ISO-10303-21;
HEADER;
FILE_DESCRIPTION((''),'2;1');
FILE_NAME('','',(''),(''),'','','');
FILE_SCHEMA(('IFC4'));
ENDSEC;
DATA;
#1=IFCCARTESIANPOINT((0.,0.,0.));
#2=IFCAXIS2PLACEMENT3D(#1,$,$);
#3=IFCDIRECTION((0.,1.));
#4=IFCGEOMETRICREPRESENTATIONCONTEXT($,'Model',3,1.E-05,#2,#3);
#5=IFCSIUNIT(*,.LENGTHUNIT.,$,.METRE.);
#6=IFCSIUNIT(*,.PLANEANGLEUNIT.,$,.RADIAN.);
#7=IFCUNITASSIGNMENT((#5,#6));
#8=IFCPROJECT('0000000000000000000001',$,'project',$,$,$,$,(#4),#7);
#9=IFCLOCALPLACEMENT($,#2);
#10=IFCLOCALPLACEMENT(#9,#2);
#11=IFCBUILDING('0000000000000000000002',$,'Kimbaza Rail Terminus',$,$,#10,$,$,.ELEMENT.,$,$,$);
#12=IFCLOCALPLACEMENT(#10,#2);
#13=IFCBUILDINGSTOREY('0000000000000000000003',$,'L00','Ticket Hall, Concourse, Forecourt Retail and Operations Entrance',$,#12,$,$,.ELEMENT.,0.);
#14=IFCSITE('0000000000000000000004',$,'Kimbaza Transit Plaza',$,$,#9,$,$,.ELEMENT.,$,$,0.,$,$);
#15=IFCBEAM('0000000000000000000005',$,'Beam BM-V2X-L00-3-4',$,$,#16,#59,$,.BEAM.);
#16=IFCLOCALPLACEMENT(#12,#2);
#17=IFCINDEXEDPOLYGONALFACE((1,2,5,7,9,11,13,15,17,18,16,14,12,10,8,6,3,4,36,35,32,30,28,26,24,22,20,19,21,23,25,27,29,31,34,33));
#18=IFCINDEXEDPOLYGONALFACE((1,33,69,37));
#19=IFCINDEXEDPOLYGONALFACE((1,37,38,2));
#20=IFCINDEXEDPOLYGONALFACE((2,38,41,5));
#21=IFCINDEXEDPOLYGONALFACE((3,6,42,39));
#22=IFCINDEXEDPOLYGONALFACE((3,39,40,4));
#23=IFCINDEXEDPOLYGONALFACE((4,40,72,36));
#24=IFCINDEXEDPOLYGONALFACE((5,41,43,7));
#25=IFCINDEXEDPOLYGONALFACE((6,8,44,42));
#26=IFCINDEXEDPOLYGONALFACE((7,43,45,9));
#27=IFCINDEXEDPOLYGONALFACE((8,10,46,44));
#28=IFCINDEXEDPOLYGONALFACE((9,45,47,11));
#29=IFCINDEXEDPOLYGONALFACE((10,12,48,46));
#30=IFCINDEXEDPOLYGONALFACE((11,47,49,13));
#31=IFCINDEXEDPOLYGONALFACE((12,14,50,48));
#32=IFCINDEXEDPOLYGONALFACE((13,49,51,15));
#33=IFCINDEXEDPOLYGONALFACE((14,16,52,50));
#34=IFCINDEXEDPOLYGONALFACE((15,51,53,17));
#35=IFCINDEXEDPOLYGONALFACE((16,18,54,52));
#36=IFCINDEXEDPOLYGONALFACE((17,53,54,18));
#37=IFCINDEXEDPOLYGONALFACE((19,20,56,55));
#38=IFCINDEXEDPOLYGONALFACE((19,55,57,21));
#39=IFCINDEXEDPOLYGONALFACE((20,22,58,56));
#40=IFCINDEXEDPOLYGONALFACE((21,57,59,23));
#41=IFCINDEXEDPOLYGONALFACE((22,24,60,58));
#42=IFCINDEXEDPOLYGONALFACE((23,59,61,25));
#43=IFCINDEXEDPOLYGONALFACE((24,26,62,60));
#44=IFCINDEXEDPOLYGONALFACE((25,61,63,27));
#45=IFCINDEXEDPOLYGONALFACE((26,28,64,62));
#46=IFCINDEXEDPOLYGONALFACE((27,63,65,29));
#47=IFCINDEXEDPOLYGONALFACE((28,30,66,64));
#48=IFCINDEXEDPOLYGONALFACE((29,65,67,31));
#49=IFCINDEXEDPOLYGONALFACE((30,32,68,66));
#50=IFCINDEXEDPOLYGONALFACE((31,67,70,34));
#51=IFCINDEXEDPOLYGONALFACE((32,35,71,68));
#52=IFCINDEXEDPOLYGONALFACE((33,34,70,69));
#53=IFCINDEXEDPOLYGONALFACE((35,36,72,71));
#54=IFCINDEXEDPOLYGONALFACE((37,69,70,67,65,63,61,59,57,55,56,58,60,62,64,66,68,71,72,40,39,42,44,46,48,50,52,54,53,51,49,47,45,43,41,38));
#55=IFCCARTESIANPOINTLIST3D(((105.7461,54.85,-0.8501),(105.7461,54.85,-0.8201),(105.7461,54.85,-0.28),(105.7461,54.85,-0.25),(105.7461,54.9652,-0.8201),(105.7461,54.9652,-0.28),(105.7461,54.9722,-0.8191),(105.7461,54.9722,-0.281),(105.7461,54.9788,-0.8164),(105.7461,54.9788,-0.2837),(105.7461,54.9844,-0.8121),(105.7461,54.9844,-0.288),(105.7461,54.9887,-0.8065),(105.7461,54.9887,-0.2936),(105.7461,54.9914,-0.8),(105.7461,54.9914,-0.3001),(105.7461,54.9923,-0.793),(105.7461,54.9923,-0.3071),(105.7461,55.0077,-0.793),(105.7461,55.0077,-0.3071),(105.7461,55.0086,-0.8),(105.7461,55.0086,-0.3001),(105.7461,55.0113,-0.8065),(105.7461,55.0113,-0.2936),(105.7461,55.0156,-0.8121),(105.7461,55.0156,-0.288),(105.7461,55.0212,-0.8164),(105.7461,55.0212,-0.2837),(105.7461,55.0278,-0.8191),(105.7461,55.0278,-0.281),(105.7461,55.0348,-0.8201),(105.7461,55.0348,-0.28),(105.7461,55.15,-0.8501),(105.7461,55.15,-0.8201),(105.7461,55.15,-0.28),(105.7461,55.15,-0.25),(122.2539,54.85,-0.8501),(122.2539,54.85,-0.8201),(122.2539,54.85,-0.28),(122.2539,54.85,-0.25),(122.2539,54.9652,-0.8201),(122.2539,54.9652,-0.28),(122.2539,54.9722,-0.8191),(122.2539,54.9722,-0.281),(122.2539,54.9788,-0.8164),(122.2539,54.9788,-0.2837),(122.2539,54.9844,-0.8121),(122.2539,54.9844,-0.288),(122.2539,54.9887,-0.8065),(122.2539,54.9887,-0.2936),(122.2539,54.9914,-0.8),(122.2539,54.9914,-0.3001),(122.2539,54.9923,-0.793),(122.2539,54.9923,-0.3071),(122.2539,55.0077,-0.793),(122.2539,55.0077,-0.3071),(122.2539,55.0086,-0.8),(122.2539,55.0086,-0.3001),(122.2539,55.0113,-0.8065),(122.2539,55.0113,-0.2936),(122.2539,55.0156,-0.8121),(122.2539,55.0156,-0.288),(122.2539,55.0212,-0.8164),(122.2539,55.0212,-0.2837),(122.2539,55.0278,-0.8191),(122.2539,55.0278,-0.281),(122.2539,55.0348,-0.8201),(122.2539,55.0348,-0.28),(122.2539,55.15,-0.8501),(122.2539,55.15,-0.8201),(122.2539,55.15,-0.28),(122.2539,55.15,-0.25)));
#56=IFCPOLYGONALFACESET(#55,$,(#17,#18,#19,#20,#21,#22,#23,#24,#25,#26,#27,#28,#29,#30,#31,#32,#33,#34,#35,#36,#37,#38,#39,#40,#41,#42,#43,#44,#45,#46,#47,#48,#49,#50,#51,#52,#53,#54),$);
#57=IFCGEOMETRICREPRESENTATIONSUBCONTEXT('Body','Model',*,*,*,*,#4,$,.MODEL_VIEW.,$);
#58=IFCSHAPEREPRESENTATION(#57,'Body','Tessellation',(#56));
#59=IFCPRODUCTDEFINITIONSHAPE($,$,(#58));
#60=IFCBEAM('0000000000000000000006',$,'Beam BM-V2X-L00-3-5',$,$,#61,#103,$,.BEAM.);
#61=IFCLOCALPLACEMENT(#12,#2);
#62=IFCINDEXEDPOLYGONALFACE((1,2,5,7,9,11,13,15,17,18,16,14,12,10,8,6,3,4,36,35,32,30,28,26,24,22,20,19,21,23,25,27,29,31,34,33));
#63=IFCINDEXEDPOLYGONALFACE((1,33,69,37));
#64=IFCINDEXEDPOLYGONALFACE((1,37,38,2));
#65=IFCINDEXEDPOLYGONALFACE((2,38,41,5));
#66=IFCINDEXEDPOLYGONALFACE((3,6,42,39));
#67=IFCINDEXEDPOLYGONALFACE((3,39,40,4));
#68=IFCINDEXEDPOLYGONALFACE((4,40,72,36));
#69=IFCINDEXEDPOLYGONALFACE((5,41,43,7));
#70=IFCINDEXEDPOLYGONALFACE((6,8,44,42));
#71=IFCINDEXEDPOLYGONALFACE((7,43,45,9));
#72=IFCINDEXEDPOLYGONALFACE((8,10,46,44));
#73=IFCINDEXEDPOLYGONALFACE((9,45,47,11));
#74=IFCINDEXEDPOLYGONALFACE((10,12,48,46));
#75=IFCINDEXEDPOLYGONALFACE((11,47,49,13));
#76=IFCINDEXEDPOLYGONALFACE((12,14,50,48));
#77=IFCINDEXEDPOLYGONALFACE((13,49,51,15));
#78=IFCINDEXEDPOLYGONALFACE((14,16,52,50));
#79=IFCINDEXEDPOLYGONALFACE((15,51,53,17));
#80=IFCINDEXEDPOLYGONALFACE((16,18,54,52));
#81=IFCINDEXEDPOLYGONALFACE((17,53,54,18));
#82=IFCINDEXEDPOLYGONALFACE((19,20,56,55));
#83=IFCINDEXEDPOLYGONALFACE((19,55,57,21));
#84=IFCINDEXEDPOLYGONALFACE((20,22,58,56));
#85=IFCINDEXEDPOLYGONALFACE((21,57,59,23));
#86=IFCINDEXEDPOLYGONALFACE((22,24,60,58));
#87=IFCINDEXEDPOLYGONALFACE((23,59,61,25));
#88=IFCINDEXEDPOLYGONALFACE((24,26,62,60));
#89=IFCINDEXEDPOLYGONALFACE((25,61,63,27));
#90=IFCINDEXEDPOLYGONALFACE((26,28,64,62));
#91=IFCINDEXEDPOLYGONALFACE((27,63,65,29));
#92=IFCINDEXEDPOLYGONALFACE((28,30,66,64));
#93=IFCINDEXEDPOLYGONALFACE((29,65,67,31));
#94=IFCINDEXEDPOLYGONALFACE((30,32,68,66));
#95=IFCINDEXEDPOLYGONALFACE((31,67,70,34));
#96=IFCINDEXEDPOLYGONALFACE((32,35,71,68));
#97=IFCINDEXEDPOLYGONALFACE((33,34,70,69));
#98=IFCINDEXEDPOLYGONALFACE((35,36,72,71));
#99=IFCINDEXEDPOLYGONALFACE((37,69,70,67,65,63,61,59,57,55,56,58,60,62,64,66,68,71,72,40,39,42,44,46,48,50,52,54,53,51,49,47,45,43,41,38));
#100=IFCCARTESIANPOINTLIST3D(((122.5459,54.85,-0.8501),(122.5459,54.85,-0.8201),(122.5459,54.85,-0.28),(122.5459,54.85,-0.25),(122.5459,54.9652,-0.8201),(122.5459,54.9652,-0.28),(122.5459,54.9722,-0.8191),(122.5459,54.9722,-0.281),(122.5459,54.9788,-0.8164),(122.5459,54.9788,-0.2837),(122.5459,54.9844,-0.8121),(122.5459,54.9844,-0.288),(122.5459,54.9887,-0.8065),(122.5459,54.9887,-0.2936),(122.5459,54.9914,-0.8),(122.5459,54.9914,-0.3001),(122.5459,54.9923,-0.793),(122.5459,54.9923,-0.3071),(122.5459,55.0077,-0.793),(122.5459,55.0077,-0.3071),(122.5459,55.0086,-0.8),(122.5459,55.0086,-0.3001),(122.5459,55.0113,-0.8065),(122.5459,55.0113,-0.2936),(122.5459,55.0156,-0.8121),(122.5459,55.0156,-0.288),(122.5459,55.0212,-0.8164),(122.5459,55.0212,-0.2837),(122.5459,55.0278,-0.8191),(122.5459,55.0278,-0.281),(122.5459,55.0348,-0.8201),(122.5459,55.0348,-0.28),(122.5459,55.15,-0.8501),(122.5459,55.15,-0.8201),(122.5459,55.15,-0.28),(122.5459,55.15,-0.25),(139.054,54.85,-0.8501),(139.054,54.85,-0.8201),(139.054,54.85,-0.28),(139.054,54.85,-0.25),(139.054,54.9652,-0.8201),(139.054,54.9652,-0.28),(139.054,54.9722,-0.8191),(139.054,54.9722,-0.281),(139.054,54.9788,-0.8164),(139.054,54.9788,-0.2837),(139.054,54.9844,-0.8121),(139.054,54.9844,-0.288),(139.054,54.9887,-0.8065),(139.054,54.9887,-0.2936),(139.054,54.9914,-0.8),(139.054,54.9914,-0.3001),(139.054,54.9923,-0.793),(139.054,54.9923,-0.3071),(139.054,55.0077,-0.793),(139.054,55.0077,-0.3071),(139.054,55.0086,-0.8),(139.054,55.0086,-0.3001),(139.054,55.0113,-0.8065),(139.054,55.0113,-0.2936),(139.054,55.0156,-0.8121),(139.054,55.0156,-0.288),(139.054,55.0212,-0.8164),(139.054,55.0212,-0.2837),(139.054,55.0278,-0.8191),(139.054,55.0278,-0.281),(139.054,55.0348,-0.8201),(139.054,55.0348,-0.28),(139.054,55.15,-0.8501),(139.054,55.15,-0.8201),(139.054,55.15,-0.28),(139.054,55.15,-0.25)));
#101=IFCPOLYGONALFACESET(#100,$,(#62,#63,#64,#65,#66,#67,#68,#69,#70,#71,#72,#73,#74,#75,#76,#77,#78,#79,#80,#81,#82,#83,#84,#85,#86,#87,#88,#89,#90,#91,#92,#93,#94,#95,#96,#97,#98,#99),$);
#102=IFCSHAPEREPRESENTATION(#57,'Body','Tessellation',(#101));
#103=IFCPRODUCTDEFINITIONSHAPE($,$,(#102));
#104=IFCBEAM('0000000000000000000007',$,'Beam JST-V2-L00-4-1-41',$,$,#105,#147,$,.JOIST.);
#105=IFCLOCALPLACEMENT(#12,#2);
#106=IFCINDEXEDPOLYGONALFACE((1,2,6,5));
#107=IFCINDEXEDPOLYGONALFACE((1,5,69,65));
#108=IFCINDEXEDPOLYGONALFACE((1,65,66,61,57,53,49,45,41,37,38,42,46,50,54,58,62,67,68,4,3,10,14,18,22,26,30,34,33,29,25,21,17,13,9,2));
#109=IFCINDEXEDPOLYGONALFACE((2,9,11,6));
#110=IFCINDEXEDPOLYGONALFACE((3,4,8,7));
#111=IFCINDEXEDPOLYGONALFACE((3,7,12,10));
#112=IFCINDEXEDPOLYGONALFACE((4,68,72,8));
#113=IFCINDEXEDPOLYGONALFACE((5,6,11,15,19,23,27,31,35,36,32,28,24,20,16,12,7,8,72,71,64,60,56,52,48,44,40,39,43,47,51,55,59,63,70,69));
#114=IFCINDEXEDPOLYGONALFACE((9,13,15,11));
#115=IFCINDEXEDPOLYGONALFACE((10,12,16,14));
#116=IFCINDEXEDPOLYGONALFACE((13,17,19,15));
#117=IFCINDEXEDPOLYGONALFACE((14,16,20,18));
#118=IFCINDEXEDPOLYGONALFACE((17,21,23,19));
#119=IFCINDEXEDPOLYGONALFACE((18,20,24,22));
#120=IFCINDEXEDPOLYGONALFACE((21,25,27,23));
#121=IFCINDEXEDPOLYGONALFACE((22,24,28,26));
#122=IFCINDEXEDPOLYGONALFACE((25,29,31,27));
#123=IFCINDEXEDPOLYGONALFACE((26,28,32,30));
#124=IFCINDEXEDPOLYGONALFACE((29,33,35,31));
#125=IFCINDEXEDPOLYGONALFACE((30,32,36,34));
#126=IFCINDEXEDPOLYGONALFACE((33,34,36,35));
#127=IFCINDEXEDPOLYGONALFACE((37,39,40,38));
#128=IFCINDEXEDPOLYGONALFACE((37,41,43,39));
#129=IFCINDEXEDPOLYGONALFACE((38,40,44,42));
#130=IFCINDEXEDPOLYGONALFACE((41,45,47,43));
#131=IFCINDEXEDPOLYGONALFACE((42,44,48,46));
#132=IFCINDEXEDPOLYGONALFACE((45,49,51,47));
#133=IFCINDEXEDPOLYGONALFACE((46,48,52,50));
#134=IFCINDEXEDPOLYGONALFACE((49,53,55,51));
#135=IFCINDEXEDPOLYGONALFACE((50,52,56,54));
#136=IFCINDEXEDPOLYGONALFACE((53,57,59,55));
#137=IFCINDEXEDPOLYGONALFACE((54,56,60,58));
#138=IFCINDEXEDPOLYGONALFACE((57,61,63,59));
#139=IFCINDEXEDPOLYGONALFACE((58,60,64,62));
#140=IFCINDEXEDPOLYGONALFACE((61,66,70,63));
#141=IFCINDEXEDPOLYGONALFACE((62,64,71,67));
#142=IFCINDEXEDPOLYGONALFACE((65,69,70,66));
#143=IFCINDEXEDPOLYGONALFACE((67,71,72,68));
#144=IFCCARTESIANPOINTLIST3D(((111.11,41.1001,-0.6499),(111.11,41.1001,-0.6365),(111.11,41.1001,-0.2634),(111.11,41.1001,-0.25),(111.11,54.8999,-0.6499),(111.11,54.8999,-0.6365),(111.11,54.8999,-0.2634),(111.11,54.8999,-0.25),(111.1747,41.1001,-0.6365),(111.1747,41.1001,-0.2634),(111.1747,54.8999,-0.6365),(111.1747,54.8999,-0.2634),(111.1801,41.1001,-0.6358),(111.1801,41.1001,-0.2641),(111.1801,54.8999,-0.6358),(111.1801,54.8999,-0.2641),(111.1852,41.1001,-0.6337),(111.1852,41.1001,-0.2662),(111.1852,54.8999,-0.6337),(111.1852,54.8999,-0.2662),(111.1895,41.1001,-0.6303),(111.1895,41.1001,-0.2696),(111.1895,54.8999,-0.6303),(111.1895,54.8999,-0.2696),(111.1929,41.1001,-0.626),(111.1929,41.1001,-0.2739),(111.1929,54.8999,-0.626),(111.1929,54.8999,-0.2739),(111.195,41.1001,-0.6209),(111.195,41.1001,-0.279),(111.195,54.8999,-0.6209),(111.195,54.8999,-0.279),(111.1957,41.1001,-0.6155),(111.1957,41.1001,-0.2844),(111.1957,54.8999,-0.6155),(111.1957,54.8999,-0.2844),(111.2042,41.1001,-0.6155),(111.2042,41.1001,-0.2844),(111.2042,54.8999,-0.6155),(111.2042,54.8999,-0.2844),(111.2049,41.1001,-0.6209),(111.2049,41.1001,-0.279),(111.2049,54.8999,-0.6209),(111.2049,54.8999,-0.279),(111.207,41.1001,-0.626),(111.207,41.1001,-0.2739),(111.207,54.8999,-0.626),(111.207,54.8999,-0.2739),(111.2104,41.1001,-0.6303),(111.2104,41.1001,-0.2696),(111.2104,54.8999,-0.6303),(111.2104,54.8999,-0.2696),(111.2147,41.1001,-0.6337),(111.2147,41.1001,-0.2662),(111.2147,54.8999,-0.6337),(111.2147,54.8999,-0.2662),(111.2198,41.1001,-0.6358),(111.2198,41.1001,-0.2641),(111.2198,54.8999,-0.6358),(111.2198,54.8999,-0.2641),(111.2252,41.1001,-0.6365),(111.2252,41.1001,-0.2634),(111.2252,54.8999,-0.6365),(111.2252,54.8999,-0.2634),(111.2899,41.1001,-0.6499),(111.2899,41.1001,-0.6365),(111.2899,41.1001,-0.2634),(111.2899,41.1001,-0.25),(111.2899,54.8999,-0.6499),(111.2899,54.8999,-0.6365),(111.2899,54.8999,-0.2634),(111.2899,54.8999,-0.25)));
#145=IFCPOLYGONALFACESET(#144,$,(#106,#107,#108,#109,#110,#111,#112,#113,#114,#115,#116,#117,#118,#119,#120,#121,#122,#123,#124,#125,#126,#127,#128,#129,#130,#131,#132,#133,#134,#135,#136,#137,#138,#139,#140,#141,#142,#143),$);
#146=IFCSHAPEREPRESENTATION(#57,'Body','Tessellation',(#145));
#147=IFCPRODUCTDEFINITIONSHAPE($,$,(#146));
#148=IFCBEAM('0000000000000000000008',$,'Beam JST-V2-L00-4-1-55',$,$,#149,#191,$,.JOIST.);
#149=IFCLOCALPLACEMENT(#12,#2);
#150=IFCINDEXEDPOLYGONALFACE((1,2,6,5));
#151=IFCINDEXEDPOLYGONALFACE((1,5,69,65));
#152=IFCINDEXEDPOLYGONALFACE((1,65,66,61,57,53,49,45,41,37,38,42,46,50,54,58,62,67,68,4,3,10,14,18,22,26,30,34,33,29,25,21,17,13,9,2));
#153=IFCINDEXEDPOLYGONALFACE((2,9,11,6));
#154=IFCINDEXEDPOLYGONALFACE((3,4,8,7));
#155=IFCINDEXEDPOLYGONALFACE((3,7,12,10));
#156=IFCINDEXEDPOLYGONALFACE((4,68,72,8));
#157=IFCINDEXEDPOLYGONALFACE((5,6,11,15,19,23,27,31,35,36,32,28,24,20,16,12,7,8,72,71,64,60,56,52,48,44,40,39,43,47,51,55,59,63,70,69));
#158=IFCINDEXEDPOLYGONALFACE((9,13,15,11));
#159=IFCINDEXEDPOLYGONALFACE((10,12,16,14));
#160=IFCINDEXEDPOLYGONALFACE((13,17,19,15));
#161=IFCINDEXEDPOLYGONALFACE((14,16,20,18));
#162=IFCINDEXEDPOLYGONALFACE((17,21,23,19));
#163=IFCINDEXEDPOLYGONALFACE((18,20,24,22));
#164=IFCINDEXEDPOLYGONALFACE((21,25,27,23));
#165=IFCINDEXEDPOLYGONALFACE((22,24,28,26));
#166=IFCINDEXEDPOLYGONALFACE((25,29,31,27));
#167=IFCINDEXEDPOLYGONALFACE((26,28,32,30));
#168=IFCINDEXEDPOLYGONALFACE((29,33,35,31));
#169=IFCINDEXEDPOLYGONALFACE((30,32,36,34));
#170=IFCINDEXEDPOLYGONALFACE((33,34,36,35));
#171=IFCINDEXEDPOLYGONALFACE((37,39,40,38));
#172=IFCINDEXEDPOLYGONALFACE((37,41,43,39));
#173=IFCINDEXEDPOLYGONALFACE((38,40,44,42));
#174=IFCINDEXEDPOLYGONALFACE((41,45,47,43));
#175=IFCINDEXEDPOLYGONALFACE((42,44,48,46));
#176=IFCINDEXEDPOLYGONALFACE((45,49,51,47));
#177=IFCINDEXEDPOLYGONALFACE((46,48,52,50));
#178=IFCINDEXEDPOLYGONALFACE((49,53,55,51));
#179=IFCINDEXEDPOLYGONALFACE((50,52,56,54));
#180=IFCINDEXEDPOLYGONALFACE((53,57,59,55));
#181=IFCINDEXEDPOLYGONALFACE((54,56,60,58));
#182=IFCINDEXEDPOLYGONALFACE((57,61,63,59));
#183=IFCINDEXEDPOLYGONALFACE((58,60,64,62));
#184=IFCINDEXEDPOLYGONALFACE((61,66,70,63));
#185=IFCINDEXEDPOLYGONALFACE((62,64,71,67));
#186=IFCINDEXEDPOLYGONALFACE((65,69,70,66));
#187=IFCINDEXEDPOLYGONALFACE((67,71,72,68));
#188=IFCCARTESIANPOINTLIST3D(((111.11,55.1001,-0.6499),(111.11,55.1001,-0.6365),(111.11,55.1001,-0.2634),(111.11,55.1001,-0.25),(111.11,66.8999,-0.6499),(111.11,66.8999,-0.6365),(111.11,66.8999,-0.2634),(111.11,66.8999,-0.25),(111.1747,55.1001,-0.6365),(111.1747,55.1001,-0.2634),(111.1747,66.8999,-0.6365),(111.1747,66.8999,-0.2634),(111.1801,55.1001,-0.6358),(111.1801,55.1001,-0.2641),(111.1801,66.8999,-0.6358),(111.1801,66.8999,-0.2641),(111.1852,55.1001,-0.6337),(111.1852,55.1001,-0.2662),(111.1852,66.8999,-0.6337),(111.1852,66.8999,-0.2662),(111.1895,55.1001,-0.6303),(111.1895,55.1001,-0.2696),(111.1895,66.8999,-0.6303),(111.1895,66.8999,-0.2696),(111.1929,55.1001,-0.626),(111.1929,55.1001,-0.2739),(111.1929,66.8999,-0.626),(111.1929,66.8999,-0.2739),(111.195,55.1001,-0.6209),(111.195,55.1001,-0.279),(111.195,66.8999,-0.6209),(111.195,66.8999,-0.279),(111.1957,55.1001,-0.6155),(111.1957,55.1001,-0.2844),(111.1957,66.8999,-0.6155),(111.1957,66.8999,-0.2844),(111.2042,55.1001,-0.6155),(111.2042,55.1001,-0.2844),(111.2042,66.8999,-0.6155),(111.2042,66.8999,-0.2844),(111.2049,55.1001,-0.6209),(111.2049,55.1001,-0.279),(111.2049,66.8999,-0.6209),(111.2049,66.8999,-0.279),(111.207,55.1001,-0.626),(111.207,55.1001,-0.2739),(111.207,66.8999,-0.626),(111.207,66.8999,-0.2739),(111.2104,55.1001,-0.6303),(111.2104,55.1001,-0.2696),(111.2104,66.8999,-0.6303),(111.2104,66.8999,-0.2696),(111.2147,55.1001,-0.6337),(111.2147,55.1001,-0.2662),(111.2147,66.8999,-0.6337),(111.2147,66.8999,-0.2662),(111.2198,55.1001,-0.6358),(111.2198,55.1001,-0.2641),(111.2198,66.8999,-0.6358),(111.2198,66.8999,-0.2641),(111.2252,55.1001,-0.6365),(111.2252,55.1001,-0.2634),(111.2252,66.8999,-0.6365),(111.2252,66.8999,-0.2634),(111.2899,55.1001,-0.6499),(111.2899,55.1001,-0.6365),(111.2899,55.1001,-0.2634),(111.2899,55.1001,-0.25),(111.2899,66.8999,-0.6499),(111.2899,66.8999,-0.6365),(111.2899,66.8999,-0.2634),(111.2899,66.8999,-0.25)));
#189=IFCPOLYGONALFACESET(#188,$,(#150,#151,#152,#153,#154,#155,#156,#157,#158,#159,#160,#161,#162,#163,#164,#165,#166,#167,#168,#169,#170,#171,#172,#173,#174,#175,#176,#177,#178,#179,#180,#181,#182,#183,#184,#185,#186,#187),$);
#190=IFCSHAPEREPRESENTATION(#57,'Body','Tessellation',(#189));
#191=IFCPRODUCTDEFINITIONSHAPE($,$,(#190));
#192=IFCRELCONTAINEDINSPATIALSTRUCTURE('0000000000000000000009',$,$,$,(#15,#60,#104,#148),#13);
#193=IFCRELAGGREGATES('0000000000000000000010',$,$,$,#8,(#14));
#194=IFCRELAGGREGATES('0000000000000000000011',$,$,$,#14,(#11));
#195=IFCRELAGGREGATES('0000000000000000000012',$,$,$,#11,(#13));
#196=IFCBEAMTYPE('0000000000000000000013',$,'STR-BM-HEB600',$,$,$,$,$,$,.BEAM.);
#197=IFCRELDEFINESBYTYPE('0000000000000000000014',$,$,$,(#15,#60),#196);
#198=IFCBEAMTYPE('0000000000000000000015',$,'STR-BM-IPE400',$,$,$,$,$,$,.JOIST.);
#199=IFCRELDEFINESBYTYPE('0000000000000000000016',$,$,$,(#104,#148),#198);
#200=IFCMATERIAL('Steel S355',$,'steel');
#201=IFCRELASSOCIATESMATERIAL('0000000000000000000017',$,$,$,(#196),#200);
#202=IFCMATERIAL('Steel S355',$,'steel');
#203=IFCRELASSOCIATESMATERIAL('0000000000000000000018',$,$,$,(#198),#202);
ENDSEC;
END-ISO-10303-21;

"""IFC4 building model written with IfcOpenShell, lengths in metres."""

from ifc_helpers import new_model, si_unit, direction, frame, origin, origin_2d, place, context, subcontext, project, spatial, i_section, extrude, material, material_profile, profile_set, type_object, element, save


model = new_model("IFC4")

# Units and contexts
model_context = context("Model", 3, precision=1e-05, world=origin(), true_north=direction((0.0, 1.0)))
body_context = subcontext(model_context, "Body", "Model", "MODEL_VIEW")
ifc_project = project(units=[si_unit("LENGTHUNIT", "METRE"), si_unit("PLANEANGLEUNIT", "RADIAN")], contexts=[model_context])

# Site, building, storey
site_placement = place(None, origin())
site = spatial("IfcSite", under=ifc_project, at=site_placement, Name="Kimbaza Transit Plaza", CompositionType="ELEMENT", RefElevation=0.0)
building_placement = place(site_placement, origin())
building = spatial("IfcBuilding", under=site, at=building_placement, Name="Kimbaza Rail Terminus", CompositionType="ELEMENT")
storey_placement = place(building_placement, origin())
storey = spatial("IfcBuildingStorey", under=building, at=storey_placement, Name="L00", Description="Ticket Hall, Concourse, Forecourt Retail and Operations Entrance", CompositionType="ELEMENT", Elevation=0.0)

# Beams
ifc_material_1 = material(Name="Steel S355", Category="steel")
ifc_material_profile_1 = material_profile(ifc_material_1, i_section(OverallWidth=0.3, OverallDepth=0.6001, WebThickness=0.0154, FlangeThickness=0.03, FilletRadius=0.0271, at=origin_2d()), Name="HEB 600")
ifc_profile_set_1 = profile_set([ifc_material_profile_1], Name="Steel S355")
beam_type_1 = type_object("IfcBeamType", Name="STR-BM-HEB600", PredefinedType="BEAM", material=ifc_profile_set_1)
beam_1_placement = place(storey_placement, frame((105.7461, 55.0, -0.55), z_axis=(1.0, 0.0, 0.0), x_axis=(0.0, 1.0, 0.0)))
element("IfcBeam", 1, at=beam_1_placement, inside=storey, type_object=beam_type_1, Name="Beam BM-V2X-L00-3-4", PredefinedType="BEAM", context=body_context, shape_type="SweptSolid", body=[
    extrude(i_section(OverallWidth=0.3, OverallDepth=0.6001, WebThickness=0.0154, FlangeThickness=0.03, FilletRadius=0.0271, at=origin_2d()), origin(), (0.0, 0.0, 1.0), 16.5078),
])
beam_2_placement = place(storey_placement, frame((122.5459, 55.0, -0.55), z_axis=(1.0, 0.0, 0.0), x_axis=(0.0, 1.0, 0.0)))
element("IfcBeam", 2, at=beam_2_placement, inside=storey, type_object=beam_type_1, Name="Beam BM-V2X-L00-3-5", PredefinedType="BEAM", context=body_context, shape_type="SweptSolid", body=[
    extrude(i_section(OverallWidth=0.3, OverallDepth=0.6001, WebThickness=0.0154, FlangeThickness=0.03, FilletRadius=0.0271, at=origin_2d()), origin(), (0.0, 0.0, 1.0), 16.5081),
])
ifc_material_2 = material(Name="Steel S355", Category="steel")
ifc_material_profile_2 = material_profile(ifc_material_2, i_section(OverallWidth=0.1799, OverallDepth=0.3999, WebThickness=0.0085, FlangeThickness=0.0134, FilletRadius=0.021, at=origin_2d()), Name="IPE 400")
ifc_profile_set_2 = profile_set([ifc_material_profile_2], Name="Steel S355")
beam_type_2 = type_object("IfcBeamType", Name="STR-BM-IPE400", PredefinedType="JOIST", material=ifc_profile_set_2)
beam_3_placement = place(storey_placement, frame((111.2, 41.1001, -0.45), z_axis=(0.0, 1.0, 0.0), x_axis=(-1.0, 0.0, 0.0)))
element("IfcBeam", 3, at=beam_3_placement, inside=storey, type_object=beam_type_2, Name="Beam JST-V2-L00-4-1-41", PredefinedType="JOIST", context=body_context, shape_type="SweptSolid", body=[
    extrude(i_section(OverallWidth=0.1799, OverallDepth=0.3999, WebThickness=0.0085, FlangeThickness=0.0134, FilletRadius=0.021, at=origin_2d()), origin(), (0.0, 0.0, 1.0), 13.7998),
])
beam_4_placement = place(storey_placement, frame((111.2, 55.1001, -0.45), z_axis=(0.0, 1.0, 0.0), x_axis=(-1.0, 0.0, 0.0)))
element("IfcBeam", 4, at=beam_4_placement, inside=storey, type_object=beam_type_2, Name="Beam JST-V2-L00-4-1-55", PredefinedType="JOIST", context=body_context, shape_type="SweptSolid", body=[
    extrude(i_section(OverallWidth=0.1799, OverallDepth=0.3999, WebThickness=0.0085, FlangeThickness=0.0134, FilletRadius=0.021, at=origin_2d()), origin(), (0.0, 0.0, 1.0), 11.7998),
])

save(model, "model.ifc")
